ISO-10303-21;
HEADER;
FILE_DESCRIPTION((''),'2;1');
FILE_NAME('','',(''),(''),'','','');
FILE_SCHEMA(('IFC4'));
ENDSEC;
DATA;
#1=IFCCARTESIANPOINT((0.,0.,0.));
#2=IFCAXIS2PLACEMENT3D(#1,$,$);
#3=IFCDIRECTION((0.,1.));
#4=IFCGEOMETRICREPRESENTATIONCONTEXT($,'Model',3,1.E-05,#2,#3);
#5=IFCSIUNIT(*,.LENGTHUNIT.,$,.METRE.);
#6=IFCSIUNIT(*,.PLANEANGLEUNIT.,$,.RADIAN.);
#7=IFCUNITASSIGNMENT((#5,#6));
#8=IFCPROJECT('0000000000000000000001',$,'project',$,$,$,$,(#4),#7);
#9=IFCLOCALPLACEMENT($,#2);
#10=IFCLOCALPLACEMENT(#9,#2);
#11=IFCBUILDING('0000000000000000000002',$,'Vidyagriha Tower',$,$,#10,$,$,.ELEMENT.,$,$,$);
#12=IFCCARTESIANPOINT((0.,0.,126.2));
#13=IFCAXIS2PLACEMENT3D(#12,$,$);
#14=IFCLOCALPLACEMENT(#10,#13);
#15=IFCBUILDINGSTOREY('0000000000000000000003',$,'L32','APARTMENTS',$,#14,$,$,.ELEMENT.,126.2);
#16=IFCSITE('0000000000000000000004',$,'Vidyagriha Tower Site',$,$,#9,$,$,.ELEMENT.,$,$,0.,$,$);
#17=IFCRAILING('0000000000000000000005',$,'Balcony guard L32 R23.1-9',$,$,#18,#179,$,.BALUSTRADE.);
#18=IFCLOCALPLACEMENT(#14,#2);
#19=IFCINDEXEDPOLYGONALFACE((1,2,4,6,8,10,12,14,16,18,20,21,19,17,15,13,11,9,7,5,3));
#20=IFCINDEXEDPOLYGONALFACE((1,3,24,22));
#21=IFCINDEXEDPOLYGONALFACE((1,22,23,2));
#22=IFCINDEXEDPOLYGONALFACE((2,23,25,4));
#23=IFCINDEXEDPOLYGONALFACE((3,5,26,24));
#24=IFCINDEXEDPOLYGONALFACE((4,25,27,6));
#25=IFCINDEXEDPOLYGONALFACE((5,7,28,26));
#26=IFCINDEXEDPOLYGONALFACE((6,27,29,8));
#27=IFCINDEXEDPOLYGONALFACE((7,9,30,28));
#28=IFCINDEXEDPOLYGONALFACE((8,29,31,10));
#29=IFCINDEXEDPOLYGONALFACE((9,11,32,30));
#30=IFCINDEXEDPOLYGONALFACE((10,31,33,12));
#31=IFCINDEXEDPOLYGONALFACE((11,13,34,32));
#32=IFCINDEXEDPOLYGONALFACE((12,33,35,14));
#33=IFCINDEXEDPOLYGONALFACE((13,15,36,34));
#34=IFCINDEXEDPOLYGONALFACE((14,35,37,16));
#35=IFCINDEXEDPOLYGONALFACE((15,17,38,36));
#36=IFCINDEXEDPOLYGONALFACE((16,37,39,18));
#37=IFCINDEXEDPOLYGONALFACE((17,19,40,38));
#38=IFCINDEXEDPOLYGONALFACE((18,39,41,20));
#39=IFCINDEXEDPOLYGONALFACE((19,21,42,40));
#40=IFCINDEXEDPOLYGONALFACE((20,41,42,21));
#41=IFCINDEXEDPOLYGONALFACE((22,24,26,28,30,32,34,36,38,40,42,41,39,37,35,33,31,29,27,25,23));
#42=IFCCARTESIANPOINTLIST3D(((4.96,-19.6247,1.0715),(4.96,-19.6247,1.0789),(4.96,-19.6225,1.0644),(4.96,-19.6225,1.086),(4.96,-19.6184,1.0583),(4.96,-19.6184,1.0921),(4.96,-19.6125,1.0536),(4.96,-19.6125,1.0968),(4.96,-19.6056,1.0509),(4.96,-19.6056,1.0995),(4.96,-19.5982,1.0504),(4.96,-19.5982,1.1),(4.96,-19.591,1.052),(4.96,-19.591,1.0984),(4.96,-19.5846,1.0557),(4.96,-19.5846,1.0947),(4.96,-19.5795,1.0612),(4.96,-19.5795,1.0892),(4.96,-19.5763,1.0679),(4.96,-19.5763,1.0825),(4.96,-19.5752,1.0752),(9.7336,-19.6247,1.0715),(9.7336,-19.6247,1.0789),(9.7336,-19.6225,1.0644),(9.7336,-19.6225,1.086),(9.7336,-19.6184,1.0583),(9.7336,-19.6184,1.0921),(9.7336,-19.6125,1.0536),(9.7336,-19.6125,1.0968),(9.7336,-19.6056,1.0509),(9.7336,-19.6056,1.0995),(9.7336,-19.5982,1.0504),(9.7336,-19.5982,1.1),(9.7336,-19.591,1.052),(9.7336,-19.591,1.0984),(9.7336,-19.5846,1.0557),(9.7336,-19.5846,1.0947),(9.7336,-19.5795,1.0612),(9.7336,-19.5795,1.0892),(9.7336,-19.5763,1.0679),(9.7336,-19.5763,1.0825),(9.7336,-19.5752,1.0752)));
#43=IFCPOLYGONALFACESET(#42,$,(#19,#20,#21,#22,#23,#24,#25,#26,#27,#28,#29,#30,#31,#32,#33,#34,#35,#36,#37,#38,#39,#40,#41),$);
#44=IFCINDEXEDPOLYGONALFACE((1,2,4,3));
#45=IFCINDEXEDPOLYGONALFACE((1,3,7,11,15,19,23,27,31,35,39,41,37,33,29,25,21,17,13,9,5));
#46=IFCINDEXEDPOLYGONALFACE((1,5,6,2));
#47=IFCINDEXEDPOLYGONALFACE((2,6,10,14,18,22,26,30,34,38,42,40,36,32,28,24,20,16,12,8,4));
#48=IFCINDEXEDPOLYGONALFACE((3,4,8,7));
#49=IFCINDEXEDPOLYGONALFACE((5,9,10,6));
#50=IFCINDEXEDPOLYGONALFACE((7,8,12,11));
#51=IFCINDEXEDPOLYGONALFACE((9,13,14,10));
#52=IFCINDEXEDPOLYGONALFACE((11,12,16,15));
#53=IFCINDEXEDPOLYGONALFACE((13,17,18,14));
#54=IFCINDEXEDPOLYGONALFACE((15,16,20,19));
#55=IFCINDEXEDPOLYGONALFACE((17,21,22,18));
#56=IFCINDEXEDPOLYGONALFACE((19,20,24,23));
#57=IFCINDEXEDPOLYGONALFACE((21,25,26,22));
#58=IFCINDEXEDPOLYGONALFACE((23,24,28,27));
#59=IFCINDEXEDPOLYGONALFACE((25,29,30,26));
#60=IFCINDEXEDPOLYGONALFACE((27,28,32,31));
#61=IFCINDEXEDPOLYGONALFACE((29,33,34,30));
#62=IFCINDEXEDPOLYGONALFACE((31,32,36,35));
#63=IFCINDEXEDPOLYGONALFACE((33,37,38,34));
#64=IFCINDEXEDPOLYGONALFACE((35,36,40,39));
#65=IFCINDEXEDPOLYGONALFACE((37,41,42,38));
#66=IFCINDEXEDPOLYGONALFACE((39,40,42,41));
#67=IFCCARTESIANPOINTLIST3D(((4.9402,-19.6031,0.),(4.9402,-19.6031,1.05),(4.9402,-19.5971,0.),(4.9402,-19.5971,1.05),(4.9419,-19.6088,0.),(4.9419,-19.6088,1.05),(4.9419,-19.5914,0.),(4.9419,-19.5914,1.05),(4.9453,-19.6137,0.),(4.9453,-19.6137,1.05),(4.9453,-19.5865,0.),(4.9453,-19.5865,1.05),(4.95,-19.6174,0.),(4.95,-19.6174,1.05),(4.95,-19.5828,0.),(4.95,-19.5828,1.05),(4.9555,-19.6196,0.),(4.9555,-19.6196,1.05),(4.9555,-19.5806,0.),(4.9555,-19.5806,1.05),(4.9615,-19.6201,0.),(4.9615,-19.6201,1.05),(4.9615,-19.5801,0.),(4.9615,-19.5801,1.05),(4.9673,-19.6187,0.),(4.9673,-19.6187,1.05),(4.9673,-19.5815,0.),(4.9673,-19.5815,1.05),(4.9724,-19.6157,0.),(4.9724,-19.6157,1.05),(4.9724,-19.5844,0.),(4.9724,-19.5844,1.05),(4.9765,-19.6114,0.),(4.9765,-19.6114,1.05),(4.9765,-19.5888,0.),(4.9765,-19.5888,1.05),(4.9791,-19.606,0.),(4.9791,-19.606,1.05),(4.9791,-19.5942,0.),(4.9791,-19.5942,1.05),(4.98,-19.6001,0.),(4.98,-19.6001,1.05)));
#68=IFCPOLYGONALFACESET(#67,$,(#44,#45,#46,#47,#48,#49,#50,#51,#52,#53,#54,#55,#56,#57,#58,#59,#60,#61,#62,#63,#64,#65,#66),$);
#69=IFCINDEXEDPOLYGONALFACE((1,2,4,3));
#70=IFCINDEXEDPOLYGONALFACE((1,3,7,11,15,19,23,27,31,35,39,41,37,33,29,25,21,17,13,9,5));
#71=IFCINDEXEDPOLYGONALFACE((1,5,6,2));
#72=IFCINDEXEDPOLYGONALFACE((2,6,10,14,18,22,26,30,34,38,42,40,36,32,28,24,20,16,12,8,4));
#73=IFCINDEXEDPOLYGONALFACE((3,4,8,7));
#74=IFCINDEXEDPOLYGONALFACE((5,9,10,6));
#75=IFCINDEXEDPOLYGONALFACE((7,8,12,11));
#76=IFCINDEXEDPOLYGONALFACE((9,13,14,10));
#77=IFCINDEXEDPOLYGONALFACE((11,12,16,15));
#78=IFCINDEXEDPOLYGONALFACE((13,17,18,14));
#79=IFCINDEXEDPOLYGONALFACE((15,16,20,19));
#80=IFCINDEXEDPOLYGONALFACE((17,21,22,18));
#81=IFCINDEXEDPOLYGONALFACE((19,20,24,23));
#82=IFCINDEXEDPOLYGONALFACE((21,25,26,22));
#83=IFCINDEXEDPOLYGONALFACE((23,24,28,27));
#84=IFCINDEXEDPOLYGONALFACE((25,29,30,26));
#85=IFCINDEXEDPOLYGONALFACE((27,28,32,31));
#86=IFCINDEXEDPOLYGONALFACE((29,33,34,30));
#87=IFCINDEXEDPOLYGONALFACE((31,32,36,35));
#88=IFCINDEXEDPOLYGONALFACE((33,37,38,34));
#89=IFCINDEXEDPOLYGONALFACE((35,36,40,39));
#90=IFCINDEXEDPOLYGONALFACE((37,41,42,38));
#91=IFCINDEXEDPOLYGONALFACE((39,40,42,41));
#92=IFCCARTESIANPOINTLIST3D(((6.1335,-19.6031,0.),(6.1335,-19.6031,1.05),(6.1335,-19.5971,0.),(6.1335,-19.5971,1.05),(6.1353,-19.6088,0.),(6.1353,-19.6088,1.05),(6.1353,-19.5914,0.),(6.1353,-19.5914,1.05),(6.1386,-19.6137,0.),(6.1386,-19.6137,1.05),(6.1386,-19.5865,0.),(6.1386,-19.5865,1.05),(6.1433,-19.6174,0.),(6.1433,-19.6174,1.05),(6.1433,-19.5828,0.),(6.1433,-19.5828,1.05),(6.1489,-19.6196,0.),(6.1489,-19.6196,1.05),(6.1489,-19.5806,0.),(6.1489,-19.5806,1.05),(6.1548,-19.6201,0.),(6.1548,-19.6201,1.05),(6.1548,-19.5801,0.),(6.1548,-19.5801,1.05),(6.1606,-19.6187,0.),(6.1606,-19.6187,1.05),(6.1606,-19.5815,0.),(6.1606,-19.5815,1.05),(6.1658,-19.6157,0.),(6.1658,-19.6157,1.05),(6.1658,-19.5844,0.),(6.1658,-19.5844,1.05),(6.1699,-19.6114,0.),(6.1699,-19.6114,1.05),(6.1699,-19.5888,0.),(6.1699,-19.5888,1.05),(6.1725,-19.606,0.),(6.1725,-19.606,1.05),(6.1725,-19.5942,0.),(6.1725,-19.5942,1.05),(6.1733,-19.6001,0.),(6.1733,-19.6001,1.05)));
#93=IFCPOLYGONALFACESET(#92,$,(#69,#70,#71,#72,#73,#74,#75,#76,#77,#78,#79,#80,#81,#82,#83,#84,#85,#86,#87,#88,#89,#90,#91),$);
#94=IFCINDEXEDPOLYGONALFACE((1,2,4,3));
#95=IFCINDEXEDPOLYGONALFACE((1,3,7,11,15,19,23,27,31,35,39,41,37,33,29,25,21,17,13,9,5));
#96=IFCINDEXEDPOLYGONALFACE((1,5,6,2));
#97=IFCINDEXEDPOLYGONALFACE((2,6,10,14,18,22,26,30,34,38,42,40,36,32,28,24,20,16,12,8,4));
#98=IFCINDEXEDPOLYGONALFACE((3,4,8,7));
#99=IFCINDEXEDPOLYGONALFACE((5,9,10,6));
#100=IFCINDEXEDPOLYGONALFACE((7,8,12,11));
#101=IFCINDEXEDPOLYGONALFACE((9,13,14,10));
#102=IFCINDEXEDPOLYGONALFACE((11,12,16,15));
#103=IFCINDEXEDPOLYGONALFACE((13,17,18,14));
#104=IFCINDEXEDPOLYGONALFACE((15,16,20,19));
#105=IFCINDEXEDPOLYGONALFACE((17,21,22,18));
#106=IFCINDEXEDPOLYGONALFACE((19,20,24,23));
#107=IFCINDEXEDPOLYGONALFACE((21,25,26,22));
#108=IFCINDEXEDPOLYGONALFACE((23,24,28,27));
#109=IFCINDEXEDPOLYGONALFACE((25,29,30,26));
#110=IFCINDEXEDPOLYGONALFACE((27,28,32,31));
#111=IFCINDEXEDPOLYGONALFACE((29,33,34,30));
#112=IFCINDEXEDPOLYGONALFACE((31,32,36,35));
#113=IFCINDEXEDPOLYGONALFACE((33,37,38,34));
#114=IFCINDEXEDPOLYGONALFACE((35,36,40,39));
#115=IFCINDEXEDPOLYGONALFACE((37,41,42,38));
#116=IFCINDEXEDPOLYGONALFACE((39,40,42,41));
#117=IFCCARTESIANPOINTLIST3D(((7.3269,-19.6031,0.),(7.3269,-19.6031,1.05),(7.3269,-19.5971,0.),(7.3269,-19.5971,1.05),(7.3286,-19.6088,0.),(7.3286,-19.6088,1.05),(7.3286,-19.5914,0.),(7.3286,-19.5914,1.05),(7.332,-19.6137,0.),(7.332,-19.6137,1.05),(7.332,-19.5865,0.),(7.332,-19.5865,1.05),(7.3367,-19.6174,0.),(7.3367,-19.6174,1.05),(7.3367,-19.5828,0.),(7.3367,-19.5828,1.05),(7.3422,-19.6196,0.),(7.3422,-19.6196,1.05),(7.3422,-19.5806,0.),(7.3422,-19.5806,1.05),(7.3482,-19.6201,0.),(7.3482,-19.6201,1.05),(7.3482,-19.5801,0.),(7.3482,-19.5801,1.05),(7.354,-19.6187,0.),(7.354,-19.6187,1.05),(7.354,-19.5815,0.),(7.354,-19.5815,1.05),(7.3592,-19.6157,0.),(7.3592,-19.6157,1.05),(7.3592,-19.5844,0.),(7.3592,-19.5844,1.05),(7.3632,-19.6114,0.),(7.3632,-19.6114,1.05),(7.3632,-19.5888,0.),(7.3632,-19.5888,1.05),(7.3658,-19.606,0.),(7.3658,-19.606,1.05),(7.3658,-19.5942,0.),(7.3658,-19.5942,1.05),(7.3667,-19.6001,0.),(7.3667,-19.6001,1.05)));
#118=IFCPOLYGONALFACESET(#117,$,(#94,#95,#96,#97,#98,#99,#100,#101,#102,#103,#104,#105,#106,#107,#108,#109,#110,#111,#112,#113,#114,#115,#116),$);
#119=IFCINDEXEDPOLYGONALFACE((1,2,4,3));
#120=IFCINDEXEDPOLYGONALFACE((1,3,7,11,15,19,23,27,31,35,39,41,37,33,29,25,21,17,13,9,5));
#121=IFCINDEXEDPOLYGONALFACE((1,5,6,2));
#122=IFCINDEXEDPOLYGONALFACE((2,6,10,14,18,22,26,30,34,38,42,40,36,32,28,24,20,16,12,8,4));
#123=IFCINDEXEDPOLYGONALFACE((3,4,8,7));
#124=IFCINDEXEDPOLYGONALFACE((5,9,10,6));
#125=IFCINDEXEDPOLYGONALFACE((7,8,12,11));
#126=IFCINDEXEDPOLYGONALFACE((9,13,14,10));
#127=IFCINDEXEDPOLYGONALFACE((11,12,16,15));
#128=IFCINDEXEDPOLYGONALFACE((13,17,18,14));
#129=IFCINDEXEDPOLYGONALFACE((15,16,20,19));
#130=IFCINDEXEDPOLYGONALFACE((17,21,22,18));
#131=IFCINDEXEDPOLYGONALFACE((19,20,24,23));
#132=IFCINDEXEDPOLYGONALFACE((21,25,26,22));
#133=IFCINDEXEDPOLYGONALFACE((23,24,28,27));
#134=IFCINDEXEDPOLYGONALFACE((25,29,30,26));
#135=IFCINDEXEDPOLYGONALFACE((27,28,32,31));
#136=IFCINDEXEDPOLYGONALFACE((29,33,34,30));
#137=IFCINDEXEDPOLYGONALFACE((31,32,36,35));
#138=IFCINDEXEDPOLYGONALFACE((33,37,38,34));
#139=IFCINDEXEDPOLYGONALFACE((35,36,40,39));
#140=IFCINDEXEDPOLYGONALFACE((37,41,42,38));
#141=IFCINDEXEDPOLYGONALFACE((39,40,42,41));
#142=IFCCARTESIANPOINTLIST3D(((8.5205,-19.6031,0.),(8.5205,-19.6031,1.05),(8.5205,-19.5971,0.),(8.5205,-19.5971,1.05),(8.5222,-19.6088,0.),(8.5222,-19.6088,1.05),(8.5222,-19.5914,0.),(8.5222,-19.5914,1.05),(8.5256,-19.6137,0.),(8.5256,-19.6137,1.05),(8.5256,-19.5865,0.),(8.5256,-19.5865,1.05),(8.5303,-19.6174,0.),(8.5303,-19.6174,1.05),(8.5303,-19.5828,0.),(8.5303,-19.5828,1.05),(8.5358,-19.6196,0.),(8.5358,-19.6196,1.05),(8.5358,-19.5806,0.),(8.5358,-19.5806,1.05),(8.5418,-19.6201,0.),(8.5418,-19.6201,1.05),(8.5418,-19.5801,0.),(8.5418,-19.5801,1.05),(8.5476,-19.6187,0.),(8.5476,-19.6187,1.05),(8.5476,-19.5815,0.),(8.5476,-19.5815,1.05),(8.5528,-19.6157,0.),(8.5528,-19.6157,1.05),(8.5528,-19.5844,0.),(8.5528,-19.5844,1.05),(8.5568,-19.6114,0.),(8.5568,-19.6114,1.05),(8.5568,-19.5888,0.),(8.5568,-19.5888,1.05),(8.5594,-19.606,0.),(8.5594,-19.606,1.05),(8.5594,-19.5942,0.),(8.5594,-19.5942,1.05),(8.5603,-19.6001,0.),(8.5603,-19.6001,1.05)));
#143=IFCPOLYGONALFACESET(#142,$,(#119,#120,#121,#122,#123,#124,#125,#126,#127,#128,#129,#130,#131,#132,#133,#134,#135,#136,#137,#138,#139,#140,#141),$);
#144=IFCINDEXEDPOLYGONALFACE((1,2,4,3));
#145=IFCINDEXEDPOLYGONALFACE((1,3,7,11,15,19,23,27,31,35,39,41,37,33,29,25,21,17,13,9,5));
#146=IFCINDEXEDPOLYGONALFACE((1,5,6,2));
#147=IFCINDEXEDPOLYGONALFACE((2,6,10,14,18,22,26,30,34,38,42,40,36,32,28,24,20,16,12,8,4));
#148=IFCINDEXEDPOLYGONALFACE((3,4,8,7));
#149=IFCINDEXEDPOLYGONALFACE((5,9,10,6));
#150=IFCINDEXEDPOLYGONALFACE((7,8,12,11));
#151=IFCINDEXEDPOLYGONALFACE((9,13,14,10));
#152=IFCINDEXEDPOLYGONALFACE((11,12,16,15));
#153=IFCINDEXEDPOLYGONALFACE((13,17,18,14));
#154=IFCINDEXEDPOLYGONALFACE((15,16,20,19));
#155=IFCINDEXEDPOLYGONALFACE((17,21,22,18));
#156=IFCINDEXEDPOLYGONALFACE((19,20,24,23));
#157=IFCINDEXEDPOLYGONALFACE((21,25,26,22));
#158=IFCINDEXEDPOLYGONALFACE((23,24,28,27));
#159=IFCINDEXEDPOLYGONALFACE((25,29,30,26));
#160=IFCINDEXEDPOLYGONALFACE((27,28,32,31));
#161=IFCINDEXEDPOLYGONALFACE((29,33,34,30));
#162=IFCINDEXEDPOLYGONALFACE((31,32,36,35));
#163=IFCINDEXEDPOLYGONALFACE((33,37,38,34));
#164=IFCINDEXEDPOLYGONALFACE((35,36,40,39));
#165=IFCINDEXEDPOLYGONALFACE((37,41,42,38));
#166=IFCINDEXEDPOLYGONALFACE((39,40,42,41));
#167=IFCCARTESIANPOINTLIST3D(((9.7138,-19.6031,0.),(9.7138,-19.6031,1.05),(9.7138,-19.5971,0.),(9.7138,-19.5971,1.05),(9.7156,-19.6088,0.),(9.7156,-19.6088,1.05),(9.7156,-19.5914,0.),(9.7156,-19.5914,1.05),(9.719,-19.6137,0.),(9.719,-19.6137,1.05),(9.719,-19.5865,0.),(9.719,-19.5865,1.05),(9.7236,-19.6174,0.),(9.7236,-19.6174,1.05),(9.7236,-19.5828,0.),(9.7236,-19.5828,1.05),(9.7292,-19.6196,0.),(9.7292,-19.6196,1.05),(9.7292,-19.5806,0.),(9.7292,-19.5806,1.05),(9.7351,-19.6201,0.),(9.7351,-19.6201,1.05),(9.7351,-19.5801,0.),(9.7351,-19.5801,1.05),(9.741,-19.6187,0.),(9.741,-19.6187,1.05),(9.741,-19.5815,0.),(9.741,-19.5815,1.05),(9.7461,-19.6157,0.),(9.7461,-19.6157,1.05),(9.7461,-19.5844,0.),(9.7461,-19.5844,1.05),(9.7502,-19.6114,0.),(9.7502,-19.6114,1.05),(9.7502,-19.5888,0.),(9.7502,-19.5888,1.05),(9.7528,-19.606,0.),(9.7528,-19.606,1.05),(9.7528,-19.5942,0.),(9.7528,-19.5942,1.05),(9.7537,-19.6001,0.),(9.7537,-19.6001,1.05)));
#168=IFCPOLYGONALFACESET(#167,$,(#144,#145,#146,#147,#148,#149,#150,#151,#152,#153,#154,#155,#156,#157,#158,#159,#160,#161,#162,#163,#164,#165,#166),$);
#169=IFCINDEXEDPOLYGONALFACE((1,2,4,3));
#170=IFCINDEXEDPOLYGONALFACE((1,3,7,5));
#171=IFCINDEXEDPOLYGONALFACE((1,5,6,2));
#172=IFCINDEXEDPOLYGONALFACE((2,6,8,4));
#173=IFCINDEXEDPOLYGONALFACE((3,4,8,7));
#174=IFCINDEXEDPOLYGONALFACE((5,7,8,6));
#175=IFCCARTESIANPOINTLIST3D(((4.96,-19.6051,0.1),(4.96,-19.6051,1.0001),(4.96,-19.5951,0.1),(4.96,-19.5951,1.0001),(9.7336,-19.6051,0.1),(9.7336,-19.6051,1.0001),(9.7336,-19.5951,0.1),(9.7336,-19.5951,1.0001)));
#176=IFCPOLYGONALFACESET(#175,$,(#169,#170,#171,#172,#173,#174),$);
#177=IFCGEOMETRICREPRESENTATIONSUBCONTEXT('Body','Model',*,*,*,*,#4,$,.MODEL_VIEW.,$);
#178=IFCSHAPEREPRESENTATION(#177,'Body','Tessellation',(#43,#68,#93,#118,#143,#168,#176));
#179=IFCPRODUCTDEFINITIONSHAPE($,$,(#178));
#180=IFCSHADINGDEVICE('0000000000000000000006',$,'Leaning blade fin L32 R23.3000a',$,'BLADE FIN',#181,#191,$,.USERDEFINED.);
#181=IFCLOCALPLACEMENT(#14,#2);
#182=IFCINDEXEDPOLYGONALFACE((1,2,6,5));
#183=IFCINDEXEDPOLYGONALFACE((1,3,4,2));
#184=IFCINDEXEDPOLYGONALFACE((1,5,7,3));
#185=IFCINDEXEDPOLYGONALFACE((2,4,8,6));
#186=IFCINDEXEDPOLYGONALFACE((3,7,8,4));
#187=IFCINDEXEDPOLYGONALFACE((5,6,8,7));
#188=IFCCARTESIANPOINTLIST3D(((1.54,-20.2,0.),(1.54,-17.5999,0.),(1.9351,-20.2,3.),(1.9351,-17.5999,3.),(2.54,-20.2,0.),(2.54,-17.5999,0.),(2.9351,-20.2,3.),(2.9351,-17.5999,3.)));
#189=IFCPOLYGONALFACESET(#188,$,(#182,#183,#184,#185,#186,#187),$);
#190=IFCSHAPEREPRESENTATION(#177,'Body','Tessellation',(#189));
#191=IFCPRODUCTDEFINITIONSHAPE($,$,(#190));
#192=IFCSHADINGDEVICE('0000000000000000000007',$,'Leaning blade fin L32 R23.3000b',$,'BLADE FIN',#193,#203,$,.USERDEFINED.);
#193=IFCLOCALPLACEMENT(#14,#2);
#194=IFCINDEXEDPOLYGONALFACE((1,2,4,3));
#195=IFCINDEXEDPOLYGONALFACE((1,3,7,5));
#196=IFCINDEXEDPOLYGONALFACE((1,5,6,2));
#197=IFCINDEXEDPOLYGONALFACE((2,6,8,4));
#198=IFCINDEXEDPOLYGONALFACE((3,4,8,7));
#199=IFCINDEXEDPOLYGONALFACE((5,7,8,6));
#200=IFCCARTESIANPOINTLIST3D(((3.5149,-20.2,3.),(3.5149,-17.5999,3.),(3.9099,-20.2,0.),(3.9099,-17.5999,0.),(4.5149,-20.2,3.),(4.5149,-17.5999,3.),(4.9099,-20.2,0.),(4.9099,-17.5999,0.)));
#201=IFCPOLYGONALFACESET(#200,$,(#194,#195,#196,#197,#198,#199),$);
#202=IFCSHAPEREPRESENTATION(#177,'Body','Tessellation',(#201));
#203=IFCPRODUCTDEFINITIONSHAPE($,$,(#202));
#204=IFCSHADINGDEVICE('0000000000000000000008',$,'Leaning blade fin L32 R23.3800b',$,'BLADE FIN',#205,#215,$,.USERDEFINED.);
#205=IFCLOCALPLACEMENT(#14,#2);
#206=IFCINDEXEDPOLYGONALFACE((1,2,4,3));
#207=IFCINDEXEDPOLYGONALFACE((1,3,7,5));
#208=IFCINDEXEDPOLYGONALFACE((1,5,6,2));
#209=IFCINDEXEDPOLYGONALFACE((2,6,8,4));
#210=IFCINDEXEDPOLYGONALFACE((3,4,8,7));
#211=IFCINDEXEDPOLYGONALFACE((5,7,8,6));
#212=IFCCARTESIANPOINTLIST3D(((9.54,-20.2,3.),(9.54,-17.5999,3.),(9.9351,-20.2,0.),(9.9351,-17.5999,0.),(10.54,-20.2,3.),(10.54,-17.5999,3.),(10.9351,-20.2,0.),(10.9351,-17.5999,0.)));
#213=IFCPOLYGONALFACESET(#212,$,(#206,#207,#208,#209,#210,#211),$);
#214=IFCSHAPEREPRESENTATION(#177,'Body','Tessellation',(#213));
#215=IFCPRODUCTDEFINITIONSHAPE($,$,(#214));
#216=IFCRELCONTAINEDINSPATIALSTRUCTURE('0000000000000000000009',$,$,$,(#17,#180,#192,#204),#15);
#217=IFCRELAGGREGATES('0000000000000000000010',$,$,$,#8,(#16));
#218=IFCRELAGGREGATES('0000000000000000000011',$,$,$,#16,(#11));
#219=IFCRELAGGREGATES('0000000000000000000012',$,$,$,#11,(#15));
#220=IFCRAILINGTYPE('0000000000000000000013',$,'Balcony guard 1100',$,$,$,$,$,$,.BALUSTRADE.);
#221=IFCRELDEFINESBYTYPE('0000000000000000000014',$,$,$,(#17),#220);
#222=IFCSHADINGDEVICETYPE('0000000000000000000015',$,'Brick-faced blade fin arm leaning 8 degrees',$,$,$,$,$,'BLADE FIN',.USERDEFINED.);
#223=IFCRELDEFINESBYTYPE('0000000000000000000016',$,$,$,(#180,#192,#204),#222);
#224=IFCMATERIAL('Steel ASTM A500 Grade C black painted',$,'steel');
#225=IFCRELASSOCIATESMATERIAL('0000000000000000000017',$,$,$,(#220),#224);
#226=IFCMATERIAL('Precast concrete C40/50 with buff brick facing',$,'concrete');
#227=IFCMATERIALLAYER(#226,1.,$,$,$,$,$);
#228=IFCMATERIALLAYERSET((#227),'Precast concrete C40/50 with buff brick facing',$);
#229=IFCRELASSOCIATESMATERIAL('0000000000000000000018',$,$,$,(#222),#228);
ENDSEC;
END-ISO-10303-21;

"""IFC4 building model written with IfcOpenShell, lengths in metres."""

from ifc_helpers import new_model, si_unit, direction, frame, origin, origin_2d, place, context, subcontext, project, spatial, polyline, rectangle, circle, outline, extrude, material, layer, layer_set, type_object, element, save


model = new_model("IFC4")

# Units and contexts
model_context = context("Model", 3, precision=1e-05, world=origin(), true_north=direction((0.0, 1.0)))
body_context = subcontext(model_context, "Body", "Model", "MODEL_VIEW")
ifc_project = project(units=[si_unit("LENGTHUNIT", "METRE"), si_unit("PLANEANGLEUNIT", "RADIAN")], contexts=[model_context])

# Site, building, storey
site_placement = place(None, origin())
site = spatial("IfcSite", under=ifc_project, at=site_placement, Name="Vidyagriha Tower Site", CompositionType="ELEMENT", RefElevation=0.0)
building_placement = place(site_placement, origin())
building = spatial("IfcBuilding", under=site, at=building_placement, Name="Vidyagriha Tower", CompositionType="ELEMENT")
storey_placement = place(building_placement, frame((0.0, 0.0, 126.2)))
storey = spatial("IfcBuildingStorey", under=building, at=storey_placement, Name="L32", Description="APARTMENTS", CompositionType="ELEMENT", Elevation=126.2)

# Railing
ifc_material_1 = material(Name="Steel ASTM A500 Grade C black painted", Category="steel")
railing_type = type_object("IfcRailingType", Name="Balcony guard 1100", PredefinedType="BALUSTRADE", material=ifc_material_1)
railing_1_placement = place(storey_placement, frame((4.96, -19.6001, 0.0)))
element("IfcRailing", 1, at=railing_1_placement, inside=storey, type_object=railing_type, Name="Balcony guard L32 R23.1-9", PredefinedType="BALUSTRADE", context=body_context, shape_type="SweptSolid", body=[
    extrude(circle(Radius=0.0249, at=origin_2d()), frame((0.0, 0.0, 1.0752), z_axis=(1.0, 0.0, 0.0), x_axis=(0.0, 1.0, 0.0)), (0.0, 0.0, 1.0), 4.7737),
    extrude(circle(Radius=0.02, at=origin_2d()), origin(), (0.0, 0.0, 1.0), 1.05),
    extrude(circle(Radius=0.02, at=origin_2d()), frame((1.1934, 0.0, 0.0)), (0.0, 0.0, 1.0), 1.05),
    extrude(circle(Radius=0.02, at=origin_2d()), frame((2.3867, 0.0, 0.0)), (0.0, 0.0, 1.0), 1.05),
    extrude(circle(Radius=0.02, at=origin_2d()), frame((3.5803, 0.0, 0.0)), (0.0, 0.0, 1.0), 1.05),
    extrude(circle(Radius=0.02, at=origin_2d()), frame((4.7737, 0.0, 0.0)), (0.0, 0.0, 1.0), 1.05),
    extrude(rectangle(XDim=0.01, YDim=0.9001, at=origin_2d()), frame((0.0, 0.0, 0.55), z_axis=(1.0, 0.0, 0.0), x_axis=(0.0, 1.0, 0.0)), (0.0, 0.0, 1.0), 4.7737),
])

# Shading devices
ifc_material_2 = material(Name="Precast concrete C40/50 with buff brick facing", Category="concrete")
ifc_layer_1 = layer(ifc_material_2, 1.0)
ifc_layer_set_1 = layer_set([ifc_layer_1], Name="Precast concrete C40/50 with buff brick facing")
shading_device_type = type_object("IfcShadingDeviceType", Name="Brick-faced blade fin arm leaning 8 degrees", ElementType="BLADE FIN", PredefinedType="USERDEFINED", material=ifc_layer_set_1)
shading_device_placement = place(storey_placement, frame((1.54, -18.8999, 0.0)))
element("IfcShadingDevice", 2, at=shading_device_placement, inside=storey, type_object=shading_device_type, Name="Leaning blade fin L32 R23.3000a", ObjectType="BLADE FIN", PredefinedType="USERDEFINED", context=body_context, shape_type="SweptSolid", body=[
    extrude(outline(polyline([(0.0, 0.0), (1.0, 0.0), (1.395, 3.0), (0.395, 3.0), (0.0, 0.0)])), frame((0.0, 1.3, 0.0), z_axis=(0.0, -1.0, 0.0), x_axis=(1.0, 0.0, 0.0)), (0.0, 0.0, 1.0), 2.6001),
])
for number, where, name in (
    (3, (3.5149, -18.8999, 0.0), "Leaning blade fin L32 R23.3000b"),
    (4, (9.54, -18.8999, 0.0), "Leaning blade fin L32 R23.3800b"),
):
    element("IfcShadingDevice", number, at=place(storey_placement, frame(where)), inside=storey, type_object=shading_device_type, Name=name, ObjectType="BLADE FIN", PredefinedType="USERDEFINED", context=body_context, shape_type="SweptSolid", body=[
        extrude(outline(polyline([(0.395, 0.0), (1.395, 0.0), (1.0, 3.0), (0.0, 3.0), (0.395, 0.0)])), frame((0.0, 1.3, 0.0), z_axis=(0.0, -1.0, 0.0), x_axis=(1.0, 0.0, 0.0)), (0.0, 0.0, 1.0), 2.6001),
    ])

save(model, "model.ifc")
